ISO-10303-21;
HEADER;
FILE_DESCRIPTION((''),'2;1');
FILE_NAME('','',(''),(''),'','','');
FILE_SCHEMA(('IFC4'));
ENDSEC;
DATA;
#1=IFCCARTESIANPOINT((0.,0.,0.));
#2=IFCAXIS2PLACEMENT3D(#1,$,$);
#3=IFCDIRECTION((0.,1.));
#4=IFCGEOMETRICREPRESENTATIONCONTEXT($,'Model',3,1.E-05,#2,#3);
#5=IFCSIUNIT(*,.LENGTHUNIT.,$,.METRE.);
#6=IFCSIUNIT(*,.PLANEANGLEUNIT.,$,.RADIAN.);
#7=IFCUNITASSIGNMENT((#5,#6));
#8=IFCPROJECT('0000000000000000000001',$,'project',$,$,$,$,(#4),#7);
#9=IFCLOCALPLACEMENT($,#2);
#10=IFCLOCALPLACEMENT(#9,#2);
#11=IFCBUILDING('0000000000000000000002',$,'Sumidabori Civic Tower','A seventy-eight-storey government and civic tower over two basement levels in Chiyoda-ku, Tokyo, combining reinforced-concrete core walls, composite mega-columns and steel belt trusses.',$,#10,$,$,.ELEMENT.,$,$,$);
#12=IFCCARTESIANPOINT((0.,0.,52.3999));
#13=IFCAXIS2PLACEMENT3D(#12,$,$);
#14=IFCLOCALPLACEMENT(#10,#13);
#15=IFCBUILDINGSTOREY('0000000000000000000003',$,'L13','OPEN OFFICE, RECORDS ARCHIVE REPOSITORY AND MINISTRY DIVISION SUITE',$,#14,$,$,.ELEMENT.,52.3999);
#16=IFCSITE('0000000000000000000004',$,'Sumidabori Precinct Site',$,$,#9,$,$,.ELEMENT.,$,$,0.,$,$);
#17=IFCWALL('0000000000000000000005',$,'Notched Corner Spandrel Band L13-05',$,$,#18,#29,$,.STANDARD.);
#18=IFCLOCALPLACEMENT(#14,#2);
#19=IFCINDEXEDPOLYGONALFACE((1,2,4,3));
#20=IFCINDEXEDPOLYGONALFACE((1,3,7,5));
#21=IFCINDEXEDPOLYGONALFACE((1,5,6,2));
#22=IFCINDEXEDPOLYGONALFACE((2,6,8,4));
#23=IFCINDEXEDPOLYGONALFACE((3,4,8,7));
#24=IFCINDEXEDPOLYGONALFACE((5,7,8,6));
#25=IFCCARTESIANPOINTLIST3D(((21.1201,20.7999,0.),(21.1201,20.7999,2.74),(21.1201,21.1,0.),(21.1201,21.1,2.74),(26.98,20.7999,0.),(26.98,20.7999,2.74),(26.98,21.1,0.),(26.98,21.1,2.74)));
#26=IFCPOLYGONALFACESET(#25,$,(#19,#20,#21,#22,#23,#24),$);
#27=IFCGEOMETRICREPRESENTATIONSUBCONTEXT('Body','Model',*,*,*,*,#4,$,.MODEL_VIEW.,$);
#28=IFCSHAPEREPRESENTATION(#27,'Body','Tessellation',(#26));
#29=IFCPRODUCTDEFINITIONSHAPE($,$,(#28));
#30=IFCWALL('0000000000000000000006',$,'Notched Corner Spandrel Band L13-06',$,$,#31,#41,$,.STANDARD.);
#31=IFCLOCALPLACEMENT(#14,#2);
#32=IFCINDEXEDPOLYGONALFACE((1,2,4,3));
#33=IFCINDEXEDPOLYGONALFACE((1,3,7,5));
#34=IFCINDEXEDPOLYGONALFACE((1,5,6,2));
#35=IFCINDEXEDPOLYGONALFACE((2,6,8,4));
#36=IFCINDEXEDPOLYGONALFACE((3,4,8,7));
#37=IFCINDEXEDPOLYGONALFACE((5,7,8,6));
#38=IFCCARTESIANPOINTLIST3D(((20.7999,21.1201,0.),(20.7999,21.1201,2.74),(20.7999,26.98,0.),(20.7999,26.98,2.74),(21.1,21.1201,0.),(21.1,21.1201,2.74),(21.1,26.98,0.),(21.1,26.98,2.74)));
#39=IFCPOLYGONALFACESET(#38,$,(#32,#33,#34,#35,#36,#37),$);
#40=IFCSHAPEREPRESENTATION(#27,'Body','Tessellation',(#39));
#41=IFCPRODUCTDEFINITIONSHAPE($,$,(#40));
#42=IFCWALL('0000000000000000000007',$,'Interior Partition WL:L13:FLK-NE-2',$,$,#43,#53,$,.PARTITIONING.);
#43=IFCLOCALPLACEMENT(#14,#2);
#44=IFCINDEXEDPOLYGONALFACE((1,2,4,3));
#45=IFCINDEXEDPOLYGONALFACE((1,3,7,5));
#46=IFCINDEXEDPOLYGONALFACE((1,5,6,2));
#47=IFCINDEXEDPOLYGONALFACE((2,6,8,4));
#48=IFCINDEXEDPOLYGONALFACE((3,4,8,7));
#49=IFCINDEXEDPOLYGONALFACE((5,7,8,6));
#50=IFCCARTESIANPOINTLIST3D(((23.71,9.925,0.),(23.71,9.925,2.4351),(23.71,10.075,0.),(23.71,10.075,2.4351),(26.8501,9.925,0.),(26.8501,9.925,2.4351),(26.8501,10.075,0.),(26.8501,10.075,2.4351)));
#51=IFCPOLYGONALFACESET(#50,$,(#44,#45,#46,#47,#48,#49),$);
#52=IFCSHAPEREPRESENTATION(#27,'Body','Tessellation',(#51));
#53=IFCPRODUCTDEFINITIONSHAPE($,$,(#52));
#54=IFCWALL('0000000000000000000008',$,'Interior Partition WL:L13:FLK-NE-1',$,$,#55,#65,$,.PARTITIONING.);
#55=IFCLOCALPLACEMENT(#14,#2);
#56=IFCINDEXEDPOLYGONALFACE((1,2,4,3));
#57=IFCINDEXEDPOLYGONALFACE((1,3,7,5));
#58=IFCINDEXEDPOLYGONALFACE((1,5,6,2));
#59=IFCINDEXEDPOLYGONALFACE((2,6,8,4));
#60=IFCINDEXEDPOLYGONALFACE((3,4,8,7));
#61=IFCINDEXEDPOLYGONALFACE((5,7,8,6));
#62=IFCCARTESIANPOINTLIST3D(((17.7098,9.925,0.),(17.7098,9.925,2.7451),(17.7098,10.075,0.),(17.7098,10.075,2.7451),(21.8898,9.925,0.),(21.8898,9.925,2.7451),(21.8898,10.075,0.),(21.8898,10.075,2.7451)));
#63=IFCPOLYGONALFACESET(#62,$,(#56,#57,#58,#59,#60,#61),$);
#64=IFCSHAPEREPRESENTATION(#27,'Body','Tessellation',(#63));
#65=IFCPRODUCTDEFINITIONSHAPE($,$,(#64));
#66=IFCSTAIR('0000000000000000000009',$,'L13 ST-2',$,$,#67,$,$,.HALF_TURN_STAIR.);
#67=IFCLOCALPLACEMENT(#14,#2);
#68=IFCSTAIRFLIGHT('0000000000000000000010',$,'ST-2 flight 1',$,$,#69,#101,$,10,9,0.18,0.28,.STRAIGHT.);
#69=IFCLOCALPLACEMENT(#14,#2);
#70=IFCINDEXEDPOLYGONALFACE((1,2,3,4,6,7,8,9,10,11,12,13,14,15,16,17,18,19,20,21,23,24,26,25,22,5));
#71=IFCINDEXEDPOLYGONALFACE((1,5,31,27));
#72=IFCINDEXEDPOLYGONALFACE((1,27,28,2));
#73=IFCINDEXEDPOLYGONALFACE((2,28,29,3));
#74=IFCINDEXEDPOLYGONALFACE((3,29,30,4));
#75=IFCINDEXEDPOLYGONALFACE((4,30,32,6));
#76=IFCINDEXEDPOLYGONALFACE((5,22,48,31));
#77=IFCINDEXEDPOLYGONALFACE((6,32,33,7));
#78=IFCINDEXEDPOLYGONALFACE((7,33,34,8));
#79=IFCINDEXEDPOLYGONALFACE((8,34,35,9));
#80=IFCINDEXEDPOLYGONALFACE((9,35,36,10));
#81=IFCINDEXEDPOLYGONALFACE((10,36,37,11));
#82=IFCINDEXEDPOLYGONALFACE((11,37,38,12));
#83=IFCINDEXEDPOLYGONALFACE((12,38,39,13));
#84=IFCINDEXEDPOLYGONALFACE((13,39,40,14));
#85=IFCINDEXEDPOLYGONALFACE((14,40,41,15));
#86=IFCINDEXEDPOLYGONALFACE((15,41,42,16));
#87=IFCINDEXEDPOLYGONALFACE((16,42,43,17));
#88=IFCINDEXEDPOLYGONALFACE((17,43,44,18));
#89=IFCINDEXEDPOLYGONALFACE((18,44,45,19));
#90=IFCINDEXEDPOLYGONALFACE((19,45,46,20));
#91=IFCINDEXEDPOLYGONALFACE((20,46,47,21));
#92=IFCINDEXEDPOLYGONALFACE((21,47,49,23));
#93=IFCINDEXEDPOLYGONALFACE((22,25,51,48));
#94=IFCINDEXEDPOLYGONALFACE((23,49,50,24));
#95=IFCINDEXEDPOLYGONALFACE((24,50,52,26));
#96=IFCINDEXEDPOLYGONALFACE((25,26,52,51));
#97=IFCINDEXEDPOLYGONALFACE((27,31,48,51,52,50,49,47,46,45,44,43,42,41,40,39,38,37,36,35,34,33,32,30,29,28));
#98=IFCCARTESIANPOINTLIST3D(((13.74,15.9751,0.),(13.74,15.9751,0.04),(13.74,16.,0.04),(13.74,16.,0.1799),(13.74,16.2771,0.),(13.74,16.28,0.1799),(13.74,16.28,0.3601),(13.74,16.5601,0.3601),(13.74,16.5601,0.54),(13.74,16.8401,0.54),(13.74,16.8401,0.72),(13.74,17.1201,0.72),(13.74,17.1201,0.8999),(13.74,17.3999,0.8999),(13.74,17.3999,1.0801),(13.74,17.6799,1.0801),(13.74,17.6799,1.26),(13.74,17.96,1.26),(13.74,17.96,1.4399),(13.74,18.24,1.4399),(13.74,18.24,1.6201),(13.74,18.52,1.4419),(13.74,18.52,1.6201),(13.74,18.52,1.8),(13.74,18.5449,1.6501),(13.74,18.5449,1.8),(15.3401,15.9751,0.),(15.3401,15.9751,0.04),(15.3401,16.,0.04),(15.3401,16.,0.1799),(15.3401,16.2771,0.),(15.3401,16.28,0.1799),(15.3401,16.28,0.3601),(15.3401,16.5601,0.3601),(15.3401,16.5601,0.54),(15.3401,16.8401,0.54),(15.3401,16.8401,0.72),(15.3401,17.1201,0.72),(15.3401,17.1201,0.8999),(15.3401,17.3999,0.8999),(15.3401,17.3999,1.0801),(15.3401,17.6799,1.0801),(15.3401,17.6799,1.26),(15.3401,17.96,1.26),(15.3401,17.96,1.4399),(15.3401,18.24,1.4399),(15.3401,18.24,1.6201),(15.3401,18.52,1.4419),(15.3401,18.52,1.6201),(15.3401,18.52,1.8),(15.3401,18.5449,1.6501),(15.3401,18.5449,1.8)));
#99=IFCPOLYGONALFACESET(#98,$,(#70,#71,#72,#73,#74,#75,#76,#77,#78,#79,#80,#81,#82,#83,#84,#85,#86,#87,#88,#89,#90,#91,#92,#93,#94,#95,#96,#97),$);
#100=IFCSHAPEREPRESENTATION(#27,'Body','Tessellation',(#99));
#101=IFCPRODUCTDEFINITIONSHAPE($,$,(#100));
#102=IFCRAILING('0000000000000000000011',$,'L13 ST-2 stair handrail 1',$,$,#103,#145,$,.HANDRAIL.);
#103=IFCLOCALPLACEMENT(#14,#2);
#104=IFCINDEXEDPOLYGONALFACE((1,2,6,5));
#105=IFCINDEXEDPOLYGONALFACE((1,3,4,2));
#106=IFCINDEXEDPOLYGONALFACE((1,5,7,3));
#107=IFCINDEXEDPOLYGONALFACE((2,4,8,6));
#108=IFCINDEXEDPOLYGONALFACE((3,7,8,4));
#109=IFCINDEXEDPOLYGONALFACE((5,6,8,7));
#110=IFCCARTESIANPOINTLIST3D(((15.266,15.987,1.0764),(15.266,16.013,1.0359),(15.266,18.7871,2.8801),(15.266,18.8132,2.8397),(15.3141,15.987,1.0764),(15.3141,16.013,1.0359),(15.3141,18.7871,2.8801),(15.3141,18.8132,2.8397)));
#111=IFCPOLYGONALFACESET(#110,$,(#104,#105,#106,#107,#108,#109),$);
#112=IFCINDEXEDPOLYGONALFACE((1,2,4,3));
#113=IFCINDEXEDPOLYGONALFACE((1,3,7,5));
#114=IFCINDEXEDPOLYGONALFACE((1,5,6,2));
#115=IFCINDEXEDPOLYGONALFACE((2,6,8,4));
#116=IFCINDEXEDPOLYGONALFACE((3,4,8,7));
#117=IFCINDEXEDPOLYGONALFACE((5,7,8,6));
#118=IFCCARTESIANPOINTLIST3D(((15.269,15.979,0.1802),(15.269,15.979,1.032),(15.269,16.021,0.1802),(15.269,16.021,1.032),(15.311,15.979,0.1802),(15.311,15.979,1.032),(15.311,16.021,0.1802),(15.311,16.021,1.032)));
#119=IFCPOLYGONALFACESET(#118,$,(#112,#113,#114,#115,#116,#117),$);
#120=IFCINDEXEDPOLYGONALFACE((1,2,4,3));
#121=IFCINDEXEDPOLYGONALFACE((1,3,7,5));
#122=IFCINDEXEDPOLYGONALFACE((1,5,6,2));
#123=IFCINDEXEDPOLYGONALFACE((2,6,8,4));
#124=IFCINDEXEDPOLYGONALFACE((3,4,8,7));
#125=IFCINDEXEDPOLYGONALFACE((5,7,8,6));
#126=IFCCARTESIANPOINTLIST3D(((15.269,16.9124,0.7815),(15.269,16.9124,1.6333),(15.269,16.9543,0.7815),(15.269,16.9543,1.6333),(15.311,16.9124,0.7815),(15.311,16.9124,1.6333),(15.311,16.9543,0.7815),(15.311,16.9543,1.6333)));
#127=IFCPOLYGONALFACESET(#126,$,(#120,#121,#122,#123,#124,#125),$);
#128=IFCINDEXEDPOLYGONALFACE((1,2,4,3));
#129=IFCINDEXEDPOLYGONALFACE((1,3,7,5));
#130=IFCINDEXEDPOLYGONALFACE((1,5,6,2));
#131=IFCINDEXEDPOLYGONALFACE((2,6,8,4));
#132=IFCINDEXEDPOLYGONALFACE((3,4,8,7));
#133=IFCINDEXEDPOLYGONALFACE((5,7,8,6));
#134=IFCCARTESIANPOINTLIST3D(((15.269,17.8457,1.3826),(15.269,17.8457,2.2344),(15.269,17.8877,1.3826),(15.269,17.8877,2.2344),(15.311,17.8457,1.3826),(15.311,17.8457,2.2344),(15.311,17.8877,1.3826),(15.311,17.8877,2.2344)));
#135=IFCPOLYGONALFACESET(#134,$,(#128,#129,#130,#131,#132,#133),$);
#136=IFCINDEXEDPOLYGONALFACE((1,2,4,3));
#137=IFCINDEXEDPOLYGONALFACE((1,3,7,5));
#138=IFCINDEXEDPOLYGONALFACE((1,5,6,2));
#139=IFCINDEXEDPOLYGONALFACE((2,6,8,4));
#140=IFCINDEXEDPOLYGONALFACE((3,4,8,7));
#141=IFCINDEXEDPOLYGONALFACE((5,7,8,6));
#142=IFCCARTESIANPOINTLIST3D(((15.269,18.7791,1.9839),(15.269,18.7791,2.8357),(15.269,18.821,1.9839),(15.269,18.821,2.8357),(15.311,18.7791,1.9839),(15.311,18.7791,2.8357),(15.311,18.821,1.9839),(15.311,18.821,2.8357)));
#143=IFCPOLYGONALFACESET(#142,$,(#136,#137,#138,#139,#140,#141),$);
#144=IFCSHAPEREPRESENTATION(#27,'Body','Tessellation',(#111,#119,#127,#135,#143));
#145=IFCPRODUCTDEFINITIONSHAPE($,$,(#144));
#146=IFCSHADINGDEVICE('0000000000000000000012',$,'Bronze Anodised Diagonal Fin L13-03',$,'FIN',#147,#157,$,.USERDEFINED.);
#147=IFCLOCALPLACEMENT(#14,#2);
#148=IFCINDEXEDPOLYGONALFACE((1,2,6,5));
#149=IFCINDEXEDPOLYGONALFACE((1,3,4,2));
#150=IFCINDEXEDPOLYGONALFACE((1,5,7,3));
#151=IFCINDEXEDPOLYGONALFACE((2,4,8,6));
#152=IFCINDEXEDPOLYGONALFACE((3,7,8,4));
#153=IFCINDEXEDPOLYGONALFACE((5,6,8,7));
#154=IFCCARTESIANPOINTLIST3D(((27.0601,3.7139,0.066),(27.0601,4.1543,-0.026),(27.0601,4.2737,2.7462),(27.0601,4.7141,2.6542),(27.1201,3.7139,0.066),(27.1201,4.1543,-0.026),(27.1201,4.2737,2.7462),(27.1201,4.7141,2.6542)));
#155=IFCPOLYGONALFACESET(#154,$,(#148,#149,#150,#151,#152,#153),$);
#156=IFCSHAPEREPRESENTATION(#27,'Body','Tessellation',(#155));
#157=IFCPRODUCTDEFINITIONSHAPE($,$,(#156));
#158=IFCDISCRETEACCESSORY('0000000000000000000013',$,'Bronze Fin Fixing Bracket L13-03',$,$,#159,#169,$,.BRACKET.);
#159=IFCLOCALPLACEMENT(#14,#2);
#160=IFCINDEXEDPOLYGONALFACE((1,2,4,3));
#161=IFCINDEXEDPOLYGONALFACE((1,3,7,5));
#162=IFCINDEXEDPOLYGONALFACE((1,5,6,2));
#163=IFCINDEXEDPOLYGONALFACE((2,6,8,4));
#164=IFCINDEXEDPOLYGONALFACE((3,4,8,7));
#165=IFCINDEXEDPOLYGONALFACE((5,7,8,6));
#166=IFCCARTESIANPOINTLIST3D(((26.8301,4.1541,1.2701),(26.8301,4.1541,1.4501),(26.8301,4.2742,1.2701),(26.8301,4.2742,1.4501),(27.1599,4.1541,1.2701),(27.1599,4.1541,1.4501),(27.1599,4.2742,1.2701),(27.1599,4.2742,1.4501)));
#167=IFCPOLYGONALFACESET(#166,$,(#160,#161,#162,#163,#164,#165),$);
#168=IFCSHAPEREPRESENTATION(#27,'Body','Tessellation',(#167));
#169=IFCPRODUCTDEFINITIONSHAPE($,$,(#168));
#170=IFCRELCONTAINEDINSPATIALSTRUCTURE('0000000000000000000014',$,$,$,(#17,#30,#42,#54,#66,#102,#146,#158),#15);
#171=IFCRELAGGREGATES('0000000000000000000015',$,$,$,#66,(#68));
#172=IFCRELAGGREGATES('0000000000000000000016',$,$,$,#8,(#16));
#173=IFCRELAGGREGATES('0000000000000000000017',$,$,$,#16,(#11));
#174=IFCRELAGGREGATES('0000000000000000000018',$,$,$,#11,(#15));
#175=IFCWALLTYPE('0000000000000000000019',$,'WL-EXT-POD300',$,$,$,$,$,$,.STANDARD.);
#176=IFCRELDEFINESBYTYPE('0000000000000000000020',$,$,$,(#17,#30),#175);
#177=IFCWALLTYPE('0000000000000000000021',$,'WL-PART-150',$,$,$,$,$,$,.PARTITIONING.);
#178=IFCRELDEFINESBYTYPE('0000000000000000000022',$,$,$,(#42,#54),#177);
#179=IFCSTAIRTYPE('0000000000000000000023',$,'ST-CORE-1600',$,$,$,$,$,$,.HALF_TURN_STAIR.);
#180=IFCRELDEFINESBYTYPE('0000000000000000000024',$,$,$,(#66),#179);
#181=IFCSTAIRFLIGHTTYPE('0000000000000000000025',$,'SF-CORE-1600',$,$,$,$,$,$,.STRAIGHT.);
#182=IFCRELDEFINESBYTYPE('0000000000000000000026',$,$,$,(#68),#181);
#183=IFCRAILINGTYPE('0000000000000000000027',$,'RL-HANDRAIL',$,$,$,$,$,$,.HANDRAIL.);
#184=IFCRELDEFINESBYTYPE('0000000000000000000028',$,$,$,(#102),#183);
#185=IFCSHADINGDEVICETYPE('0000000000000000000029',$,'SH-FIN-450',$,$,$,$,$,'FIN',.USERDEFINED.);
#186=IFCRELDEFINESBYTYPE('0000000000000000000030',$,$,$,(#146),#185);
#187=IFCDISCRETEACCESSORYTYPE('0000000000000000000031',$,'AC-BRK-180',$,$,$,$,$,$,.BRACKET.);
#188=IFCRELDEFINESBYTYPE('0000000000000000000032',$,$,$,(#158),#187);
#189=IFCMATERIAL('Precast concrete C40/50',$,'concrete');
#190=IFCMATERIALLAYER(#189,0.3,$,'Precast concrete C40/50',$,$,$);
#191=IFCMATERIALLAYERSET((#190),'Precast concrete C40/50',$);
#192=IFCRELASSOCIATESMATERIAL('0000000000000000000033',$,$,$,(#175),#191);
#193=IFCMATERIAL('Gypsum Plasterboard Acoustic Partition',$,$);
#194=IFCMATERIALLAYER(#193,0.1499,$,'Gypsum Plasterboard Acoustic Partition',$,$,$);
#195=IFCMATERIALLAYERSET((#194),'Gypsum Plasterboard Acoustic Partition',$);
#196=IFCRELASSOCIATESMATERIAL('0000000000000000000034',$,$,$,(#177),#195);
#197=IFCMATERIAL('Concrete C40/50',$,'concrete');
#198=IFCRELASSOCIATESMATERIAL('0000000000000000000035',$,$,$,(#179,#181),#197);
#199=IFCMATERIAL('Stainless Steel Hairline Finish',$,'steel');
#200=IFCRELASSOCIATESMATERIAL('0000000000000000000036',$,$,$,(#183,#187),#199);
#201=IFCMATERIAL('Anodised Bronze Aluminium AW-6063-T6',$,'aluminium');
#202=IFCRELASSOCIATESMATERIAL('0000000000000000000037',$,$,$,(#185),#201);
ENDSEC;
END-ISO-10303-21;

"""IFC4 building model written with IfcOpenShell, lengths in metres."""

from ifc_helpers import new_model, si_unit, direction, frame, frame_2d, origin, origin_2d, place, context, subcontext, project, spatial, polyline, rectangle, outline, extrude, source, transform, mapped, material, layer, layer_set, material_profile, profile_set, type_object, element, aggregate, save


model = new_model("IFC4")

# Units and contexts
model_context = context("Model", 3, precision=1e-05, world=origin(), true_north=direction((0.0, 1.0)))
body_context = subcontext(model_context, "Body", "Model", "MODEL_VIEW")
ifc_project = project(units=[si_unit("LENGTHUNIT", "METRE"), si_unit("PLANEANGLEUNIT", "RADIAN")], contexts=[model_context])

# Site, building, storey
site_placement = place(None, origin())
site = spatial("IfcSite", under=ifc_project, at=site_placement, Name="Sumidabori Precinct Site", CompositionType="ELEMENT", RefElevation=0.0)
building_placement = place(site_placement, origin())
building = spatial("IfcBuilding", under=site, at=building_placement, Name="Sumidabori Civic Tower", Description="A seventy-eight-storey government and civic tower over two basement levels in Chiyoda-ku, Tokyo, combining reinforced-concrete core walls, composite mega-columns and steel belt trusses.", CompositionType="ELEMENT")
storey_placement = place(building_placement, frame((0.0, 0.0, 52.3999)))
storey = spatial("IfcBuildingStorey", under=building, at=storey_placement, Name="L13", Description="OPEN OFFICE, RECORDS ARCHIVE REPOSITORY AND MINISTRY DIVISION SUITE", CompositionType="ELEMENT", Elevation=52.3999)

# Shared definitions
ifc_material_1 = material(Name="Anodised Bronze Aluminium AW-6063-T6", Category="aluminium")

# Walls
ifc_material_2 = material(Name="Precast concrete C40/50", Category="concrete")
ifc_layer_1 = layer(ifc_material_2, 0.3, Name="Precast concrete C40/50")
ifc_layer_set_1 = layer_set([ifc_layer_1], Name="Precast concrete C40/50")
wall_type_1 = type_object("IfcWallType", Name="WL-EXT-POD300", PredefinedType="STANDARD", material=ifc_layer_set_1)
shared_shape_1 = source(origin(), body_context, "Body", "SweptSolid", [
    extrude(rectangle(XDim=5.8599, YDim=0.3, at=frame_2d((2.9299, 0.0))), origin(), (0.0, 0.0, 1.0), 2.74),
])
for number, where, z_axis, x_axis, name in (
    (1, (26.98, 20.95, 0.0), (0.0, 0.0, 1.0), (-1.0, 0.0, 0.0), "Notched Corner Spandrel Band L13-05"),
    (2, (20.95, 21.1201, 0.0), (0.0, 0.0, 1.0), (0.0, 1.0, 0.0), "Notched Corner Spandrel Band L13-06"),
):
    element("IfcWall", number, at=place(storey_placement, frame(where, z_axis=z_axis, x_axis=x_axis)), inside=storey, type_object=wall_type_1, Name=name, PredefinedType="STANDARD", context=body_context, shape_type="MappedRepresentation", body=[
        mapped(shared_shape_1, transform((0.0, 0.0, 0.0), x_axis=(1.0, 0.0, 0.0), y_axis=(0.0, 1.0, 0.0), z_axis=(0.0, 0.0, 1.0), scale=1.0)),
    ])
ifc_material_3 = material(Name="Gypsum Plasterboard Acoustic Partition")
ifc_layer_2 = layer(ifc_material_3, 0.1499, Name="Gypsum Plasterboard Acoustic Partition")
ifc_layer_set_2 = layer_set([ifc_layer_2], Name="Gypsum Plasterboard Acoustic Partition")
wall_type_2 = type_object("IfcWallType", Name="WL-PART-150", PredefinedType="PARTITIONING", material=ifc_layer_set_2)
shared_shape_2 = source(origin(), body_context, "Body", "SweptSolid", [
    extrude(rectangle(XDim=3.1401, YDim=0.1499, at=frame_2d((1.5701, 0.0))), origin(), (0.0, 0.0, 1.0), 2.4351),
])
wall_1_placement = place(storey_placement, frame((23.71, 10.0, 0.0), z_axis=(0.0, 0.0, 1.0), x_axis=(1.0, 0.0, 0.0)))
element("IfcWall", 3, at=wall_1_placement, inside=storey, type_object=wall_type_2, Name="Interior Partition WL:L13:FLK-NE-2", PredefinedType="PARTITIONING", context=body_context, shape_type="MappedRepresentation", body=[
    mapped(shared_shape_2, transform((0.0, 0.0, 0.0), x_axis=(1.0, 0.0, 0.0), y_axis=(0.0, 1.0, 0.0), z_axis=(0.0, 0.0, 1.0), scale=1.0)),
])
shared_shape_3 = source(origin(), body_context, "Body", "SweptSolid", [
    extrude(rectangle(XDim=4.1799, YDim=0.1499, at=frame_2d((2.0898, 0.0))), origin(), (0.0, 0.0, 1.0), 2.7451),
])
wall_2_placement = place(storey_placement, frame((17.71, 10.0, 0.0), z_axis=(0.0, 0.0, 1.0), x_axis=(1.0, 0.0, 0.0)))
element("IfcWall", 4, at=wall_2_placement, inside=storey, type_object=wall_type_2, Name="Interior Partition WL:L13:FLK-NE-1", PredefinedType="PARTITIONING", context=body_context, shape_type="MappedRepresentation", body=[
    mapped(shared_shape_3, transform((0.0, 0.0, 0.0), x_axis=(1.0, 0.0, 0.0), y_axis=(0.0, 1.0, 0.0), z_axis=(0.0, 0.0, 1.0), scale=1.0)),
])

# Stair, stair flight
ifc_material_4 = material(Name="Concrete C40/50", Category="concrete")
stair_type = type_object("IfcStairType", Name="ST-CORE-1600", PredefinedType="HALF_TURN_STAIR", material=ifc_material_4)
stair_placement = place(storey_placement, origin())
stair = element("IfcStair", 5, at=stair_placement, inside=storey, type_object=stair_type, Name="L13 ST-2", PredefinedType="HALF_TURN_STAIR")
stair_flight_type = type_object("IfcStairFlightType", Name="SF-CORE-1600", PredefinedType="STRAIGHT", material=ifc_material_4)
shared_shape_4 = source(origin(), body_context, "Body", "SweptSolid", [
    extrude(outline(polyline([(-0.0249, 0.0), (-0.0249, 0.04), (0.0, 0.04), (0.0, 0.1799), (0.28, 0.1799), (0.28, 0.3601), (0.5601, 0.3601), (0.5601, 0.54), (0.8401, 0.54), (0.8401, 0.72), (1.1201, 0.72), (1.1201, 0.8999), (1.3999, 0.8999), (1.3999, 1.0801), (1.6799, 1.0801), (1.6799, 1.26), (1.96, 1.26), (1.96, 1.4399), (2.24, 1.4399), (2.24, 1.6201), (2.52, 1.6201), (2.52, 1.8), (2.5449, 1.8), (2.5449, 1.6501), (2.52, 1.4419), (0.2771, 0.0), (-0.0249, 0.0)])), frame((0.0, 0.8, 0.0), z_axis=(0.0, -1.0, 0.0), x_axis=(1.0, 0.0, 0.0)), (0.0, 0.0, 1.0), 1.6001),
])
stair_flight_placement = place(storey_placement, frame((14.54, 16.0, 0.0), z_axis=(0.0, 0.0, 1.0), x_axis=(0.0, 1.0, 0.0)))
stair_flight = element("IfcStairFlight", 6, at=stair_flight_placement, type_object=stair_flight_type, Name="ST-2 flight 1", NumberOfRisers=10, NumberOfTreads=9, PredefinedType="STRAIGHT", RiserHeight=0.18, TreadLength=0.28, context=body_context, shape_type="MappedRepresentation", body=[
    mapped(shared_shape_4, transform((0.0, 0.0, 0.0), x_axis=(1.0, 0.0, 0.0), y_axis=(0.0, 1.0, 0.0), z_axis=(0.0, 0.0, 1.0), scale=1.0)),
])
aggregate(stair, [stair_flight])

# Railing
ifc_material_5 = material(Name="Stainless Steel Hairline Finish", Category="steel")
railing_type = type_object("IfcRailingType", Name="RL-HANDRAIL", PredefinedType="HANDRAIL", material=ifc_material_5)
railing_placement = place(storey_placement, frame((15.29, 16.0, 0.1802)))
element("IfcRailing", 7, at=railing_placement, inside=storey, type_object=railing_type, Name="L13 ST-2 stair handrail 1", PredefinedType="HANDRAIL", context=body_context, shape_type="SweptSolid", body=[
    extrude(rectangle(XDim=0.0481, YDim=0.0481, at=origin_2d()), frame((0.0, 0.0, 0.876), z_axis=(0.0, 0.840676, 0.541539), x_axis=(-1.0, 0.0, 0.0)), (0.0, 0.0, 1.0), 3.3308),
    extrude(rectangle(XDim=0.042, YDim=0.042, at=origin_2d()), origin(), (0.0, 0.0, 1.0), 0.8518),
    extrude(rectangle(XDim=0.042, YDim=0.042, at=origin_2d()), frame((0.0, 0.9333, 0.6013)), (0.0, 0.0, 1.0), 0.8518),
    extrude(rectangle(XDim=0.042, YDim=0.042, at=origin_2d()), frame((0.0, 1.8667, 1.2024)), (0.0, 0.0, 1.0), 0.8518),
    extrude(rectangle(XDim=0.042, YDim=0.042, at=origin_2d()), frame((0.0, 2.8, 1.8037)), (0.0, 0.0, 1.0), 0.8518),
])

# Shading device
ifc_material_profile_1 = material_profile(ifc_material_1, rectangle(XDim=0.0601, YDim=0.45, at=origin_2d()), Name="BRONZE FIN 450x60")
ifc_profile_set_1 = profile_set([ifc_material_profile_1], Name="Anodised Bronze Aluminium AW-6063-T6")
shading_device_type = type_object("IfcShadingDeviceType", Name="SH-FIN-450", ElementType="FIN", PredefinedType="USERDEFINED", material=ifc_profile_set_1)
shared_shape_5 = source(origin(), body_context, "Body", "SweptSolid", [
    extrude(rectangle(XDim=0.0601, YDim=0.45, at=origin_2d()), origin(), (0.0, 0.0, 1.0), 2.738),
])
shading_device_placement = place(storey_placement, frame((27.0901, 3.9341, 0.02), z_axis=(0.0, 0.20446, 0.978875), x_axis=(-1.0, 0.0, 0.0)))
element("IfcShadingDevice", 8, at=shading_device_placement, inside=storey, type_object=shading_device_type, Name="Bronze Anodised Diagonal Fin L13-03", ObjectType="FIN", PredefinedType="USERDEFINED", context=body_context, shape_type="MappedRepresentation", body=[
    mapped(shared_shape_5, transform((0.0, 0.0, 0.0), x_axis=(1.0, 0.0, 0.0), y_axis=(0.0, 1.0, 0.0), z_axis=(0.0, 0.0, 1.0), scale=1.0)),
])

# Discrete accessory
ifc_material_profile_2 = material_profile(ifc_material_5, rectangle(XDim=0.1201, YDim=0.1799, at=origin_2d()), Name="STEEL BRACKET 180x120")
ifc_profile_set_2 = profile_set([ifc_material_profile_2], Name="Stainless Steel Hairline Finish")
discrete_accessory_type = type_object("IfcDiscreteAccessoryType", Name="AC-BRK-180", PredefinedType="BRACKET", material=ifc_profile_set_2)
shared_shape_6 = source(origin(), body_context, "Body", "SweptSolid", [
    extrude(rectangle(XDim=0.1201, YDim=0.1799, at=origin_2d()), origin(), (0.0, 0.0, 1.0), 0.3298),
])
discrete_accessory_placement = place(storey_placement, frame((26.8301, 4.2141, 1.3601), z_axis=(1.0, 0.0, 0.0), x_axis=(0.0, 1.0, 0.0)))
element("IfcDiscreteAccessory", 9, at=discrete_accessory_placement, inside=storey, type_object=discrete_accessory_type, Name="Bronze Fin Fixing Bracket L13-03", PredefinedType="BRACKET", context=body_context, shape_type="MappedRepresentation", body=[
    mapped(shared_shape_6, transform((0.0, 0.0, 0.0), x_axis=(1.0, 0.0, 0.0), y_axis=(0.0, 1.0, 0.0), z_axis=(0.0, 0.0, 1.0), scale=1.0)),
])

save(model, "model.ifc")
